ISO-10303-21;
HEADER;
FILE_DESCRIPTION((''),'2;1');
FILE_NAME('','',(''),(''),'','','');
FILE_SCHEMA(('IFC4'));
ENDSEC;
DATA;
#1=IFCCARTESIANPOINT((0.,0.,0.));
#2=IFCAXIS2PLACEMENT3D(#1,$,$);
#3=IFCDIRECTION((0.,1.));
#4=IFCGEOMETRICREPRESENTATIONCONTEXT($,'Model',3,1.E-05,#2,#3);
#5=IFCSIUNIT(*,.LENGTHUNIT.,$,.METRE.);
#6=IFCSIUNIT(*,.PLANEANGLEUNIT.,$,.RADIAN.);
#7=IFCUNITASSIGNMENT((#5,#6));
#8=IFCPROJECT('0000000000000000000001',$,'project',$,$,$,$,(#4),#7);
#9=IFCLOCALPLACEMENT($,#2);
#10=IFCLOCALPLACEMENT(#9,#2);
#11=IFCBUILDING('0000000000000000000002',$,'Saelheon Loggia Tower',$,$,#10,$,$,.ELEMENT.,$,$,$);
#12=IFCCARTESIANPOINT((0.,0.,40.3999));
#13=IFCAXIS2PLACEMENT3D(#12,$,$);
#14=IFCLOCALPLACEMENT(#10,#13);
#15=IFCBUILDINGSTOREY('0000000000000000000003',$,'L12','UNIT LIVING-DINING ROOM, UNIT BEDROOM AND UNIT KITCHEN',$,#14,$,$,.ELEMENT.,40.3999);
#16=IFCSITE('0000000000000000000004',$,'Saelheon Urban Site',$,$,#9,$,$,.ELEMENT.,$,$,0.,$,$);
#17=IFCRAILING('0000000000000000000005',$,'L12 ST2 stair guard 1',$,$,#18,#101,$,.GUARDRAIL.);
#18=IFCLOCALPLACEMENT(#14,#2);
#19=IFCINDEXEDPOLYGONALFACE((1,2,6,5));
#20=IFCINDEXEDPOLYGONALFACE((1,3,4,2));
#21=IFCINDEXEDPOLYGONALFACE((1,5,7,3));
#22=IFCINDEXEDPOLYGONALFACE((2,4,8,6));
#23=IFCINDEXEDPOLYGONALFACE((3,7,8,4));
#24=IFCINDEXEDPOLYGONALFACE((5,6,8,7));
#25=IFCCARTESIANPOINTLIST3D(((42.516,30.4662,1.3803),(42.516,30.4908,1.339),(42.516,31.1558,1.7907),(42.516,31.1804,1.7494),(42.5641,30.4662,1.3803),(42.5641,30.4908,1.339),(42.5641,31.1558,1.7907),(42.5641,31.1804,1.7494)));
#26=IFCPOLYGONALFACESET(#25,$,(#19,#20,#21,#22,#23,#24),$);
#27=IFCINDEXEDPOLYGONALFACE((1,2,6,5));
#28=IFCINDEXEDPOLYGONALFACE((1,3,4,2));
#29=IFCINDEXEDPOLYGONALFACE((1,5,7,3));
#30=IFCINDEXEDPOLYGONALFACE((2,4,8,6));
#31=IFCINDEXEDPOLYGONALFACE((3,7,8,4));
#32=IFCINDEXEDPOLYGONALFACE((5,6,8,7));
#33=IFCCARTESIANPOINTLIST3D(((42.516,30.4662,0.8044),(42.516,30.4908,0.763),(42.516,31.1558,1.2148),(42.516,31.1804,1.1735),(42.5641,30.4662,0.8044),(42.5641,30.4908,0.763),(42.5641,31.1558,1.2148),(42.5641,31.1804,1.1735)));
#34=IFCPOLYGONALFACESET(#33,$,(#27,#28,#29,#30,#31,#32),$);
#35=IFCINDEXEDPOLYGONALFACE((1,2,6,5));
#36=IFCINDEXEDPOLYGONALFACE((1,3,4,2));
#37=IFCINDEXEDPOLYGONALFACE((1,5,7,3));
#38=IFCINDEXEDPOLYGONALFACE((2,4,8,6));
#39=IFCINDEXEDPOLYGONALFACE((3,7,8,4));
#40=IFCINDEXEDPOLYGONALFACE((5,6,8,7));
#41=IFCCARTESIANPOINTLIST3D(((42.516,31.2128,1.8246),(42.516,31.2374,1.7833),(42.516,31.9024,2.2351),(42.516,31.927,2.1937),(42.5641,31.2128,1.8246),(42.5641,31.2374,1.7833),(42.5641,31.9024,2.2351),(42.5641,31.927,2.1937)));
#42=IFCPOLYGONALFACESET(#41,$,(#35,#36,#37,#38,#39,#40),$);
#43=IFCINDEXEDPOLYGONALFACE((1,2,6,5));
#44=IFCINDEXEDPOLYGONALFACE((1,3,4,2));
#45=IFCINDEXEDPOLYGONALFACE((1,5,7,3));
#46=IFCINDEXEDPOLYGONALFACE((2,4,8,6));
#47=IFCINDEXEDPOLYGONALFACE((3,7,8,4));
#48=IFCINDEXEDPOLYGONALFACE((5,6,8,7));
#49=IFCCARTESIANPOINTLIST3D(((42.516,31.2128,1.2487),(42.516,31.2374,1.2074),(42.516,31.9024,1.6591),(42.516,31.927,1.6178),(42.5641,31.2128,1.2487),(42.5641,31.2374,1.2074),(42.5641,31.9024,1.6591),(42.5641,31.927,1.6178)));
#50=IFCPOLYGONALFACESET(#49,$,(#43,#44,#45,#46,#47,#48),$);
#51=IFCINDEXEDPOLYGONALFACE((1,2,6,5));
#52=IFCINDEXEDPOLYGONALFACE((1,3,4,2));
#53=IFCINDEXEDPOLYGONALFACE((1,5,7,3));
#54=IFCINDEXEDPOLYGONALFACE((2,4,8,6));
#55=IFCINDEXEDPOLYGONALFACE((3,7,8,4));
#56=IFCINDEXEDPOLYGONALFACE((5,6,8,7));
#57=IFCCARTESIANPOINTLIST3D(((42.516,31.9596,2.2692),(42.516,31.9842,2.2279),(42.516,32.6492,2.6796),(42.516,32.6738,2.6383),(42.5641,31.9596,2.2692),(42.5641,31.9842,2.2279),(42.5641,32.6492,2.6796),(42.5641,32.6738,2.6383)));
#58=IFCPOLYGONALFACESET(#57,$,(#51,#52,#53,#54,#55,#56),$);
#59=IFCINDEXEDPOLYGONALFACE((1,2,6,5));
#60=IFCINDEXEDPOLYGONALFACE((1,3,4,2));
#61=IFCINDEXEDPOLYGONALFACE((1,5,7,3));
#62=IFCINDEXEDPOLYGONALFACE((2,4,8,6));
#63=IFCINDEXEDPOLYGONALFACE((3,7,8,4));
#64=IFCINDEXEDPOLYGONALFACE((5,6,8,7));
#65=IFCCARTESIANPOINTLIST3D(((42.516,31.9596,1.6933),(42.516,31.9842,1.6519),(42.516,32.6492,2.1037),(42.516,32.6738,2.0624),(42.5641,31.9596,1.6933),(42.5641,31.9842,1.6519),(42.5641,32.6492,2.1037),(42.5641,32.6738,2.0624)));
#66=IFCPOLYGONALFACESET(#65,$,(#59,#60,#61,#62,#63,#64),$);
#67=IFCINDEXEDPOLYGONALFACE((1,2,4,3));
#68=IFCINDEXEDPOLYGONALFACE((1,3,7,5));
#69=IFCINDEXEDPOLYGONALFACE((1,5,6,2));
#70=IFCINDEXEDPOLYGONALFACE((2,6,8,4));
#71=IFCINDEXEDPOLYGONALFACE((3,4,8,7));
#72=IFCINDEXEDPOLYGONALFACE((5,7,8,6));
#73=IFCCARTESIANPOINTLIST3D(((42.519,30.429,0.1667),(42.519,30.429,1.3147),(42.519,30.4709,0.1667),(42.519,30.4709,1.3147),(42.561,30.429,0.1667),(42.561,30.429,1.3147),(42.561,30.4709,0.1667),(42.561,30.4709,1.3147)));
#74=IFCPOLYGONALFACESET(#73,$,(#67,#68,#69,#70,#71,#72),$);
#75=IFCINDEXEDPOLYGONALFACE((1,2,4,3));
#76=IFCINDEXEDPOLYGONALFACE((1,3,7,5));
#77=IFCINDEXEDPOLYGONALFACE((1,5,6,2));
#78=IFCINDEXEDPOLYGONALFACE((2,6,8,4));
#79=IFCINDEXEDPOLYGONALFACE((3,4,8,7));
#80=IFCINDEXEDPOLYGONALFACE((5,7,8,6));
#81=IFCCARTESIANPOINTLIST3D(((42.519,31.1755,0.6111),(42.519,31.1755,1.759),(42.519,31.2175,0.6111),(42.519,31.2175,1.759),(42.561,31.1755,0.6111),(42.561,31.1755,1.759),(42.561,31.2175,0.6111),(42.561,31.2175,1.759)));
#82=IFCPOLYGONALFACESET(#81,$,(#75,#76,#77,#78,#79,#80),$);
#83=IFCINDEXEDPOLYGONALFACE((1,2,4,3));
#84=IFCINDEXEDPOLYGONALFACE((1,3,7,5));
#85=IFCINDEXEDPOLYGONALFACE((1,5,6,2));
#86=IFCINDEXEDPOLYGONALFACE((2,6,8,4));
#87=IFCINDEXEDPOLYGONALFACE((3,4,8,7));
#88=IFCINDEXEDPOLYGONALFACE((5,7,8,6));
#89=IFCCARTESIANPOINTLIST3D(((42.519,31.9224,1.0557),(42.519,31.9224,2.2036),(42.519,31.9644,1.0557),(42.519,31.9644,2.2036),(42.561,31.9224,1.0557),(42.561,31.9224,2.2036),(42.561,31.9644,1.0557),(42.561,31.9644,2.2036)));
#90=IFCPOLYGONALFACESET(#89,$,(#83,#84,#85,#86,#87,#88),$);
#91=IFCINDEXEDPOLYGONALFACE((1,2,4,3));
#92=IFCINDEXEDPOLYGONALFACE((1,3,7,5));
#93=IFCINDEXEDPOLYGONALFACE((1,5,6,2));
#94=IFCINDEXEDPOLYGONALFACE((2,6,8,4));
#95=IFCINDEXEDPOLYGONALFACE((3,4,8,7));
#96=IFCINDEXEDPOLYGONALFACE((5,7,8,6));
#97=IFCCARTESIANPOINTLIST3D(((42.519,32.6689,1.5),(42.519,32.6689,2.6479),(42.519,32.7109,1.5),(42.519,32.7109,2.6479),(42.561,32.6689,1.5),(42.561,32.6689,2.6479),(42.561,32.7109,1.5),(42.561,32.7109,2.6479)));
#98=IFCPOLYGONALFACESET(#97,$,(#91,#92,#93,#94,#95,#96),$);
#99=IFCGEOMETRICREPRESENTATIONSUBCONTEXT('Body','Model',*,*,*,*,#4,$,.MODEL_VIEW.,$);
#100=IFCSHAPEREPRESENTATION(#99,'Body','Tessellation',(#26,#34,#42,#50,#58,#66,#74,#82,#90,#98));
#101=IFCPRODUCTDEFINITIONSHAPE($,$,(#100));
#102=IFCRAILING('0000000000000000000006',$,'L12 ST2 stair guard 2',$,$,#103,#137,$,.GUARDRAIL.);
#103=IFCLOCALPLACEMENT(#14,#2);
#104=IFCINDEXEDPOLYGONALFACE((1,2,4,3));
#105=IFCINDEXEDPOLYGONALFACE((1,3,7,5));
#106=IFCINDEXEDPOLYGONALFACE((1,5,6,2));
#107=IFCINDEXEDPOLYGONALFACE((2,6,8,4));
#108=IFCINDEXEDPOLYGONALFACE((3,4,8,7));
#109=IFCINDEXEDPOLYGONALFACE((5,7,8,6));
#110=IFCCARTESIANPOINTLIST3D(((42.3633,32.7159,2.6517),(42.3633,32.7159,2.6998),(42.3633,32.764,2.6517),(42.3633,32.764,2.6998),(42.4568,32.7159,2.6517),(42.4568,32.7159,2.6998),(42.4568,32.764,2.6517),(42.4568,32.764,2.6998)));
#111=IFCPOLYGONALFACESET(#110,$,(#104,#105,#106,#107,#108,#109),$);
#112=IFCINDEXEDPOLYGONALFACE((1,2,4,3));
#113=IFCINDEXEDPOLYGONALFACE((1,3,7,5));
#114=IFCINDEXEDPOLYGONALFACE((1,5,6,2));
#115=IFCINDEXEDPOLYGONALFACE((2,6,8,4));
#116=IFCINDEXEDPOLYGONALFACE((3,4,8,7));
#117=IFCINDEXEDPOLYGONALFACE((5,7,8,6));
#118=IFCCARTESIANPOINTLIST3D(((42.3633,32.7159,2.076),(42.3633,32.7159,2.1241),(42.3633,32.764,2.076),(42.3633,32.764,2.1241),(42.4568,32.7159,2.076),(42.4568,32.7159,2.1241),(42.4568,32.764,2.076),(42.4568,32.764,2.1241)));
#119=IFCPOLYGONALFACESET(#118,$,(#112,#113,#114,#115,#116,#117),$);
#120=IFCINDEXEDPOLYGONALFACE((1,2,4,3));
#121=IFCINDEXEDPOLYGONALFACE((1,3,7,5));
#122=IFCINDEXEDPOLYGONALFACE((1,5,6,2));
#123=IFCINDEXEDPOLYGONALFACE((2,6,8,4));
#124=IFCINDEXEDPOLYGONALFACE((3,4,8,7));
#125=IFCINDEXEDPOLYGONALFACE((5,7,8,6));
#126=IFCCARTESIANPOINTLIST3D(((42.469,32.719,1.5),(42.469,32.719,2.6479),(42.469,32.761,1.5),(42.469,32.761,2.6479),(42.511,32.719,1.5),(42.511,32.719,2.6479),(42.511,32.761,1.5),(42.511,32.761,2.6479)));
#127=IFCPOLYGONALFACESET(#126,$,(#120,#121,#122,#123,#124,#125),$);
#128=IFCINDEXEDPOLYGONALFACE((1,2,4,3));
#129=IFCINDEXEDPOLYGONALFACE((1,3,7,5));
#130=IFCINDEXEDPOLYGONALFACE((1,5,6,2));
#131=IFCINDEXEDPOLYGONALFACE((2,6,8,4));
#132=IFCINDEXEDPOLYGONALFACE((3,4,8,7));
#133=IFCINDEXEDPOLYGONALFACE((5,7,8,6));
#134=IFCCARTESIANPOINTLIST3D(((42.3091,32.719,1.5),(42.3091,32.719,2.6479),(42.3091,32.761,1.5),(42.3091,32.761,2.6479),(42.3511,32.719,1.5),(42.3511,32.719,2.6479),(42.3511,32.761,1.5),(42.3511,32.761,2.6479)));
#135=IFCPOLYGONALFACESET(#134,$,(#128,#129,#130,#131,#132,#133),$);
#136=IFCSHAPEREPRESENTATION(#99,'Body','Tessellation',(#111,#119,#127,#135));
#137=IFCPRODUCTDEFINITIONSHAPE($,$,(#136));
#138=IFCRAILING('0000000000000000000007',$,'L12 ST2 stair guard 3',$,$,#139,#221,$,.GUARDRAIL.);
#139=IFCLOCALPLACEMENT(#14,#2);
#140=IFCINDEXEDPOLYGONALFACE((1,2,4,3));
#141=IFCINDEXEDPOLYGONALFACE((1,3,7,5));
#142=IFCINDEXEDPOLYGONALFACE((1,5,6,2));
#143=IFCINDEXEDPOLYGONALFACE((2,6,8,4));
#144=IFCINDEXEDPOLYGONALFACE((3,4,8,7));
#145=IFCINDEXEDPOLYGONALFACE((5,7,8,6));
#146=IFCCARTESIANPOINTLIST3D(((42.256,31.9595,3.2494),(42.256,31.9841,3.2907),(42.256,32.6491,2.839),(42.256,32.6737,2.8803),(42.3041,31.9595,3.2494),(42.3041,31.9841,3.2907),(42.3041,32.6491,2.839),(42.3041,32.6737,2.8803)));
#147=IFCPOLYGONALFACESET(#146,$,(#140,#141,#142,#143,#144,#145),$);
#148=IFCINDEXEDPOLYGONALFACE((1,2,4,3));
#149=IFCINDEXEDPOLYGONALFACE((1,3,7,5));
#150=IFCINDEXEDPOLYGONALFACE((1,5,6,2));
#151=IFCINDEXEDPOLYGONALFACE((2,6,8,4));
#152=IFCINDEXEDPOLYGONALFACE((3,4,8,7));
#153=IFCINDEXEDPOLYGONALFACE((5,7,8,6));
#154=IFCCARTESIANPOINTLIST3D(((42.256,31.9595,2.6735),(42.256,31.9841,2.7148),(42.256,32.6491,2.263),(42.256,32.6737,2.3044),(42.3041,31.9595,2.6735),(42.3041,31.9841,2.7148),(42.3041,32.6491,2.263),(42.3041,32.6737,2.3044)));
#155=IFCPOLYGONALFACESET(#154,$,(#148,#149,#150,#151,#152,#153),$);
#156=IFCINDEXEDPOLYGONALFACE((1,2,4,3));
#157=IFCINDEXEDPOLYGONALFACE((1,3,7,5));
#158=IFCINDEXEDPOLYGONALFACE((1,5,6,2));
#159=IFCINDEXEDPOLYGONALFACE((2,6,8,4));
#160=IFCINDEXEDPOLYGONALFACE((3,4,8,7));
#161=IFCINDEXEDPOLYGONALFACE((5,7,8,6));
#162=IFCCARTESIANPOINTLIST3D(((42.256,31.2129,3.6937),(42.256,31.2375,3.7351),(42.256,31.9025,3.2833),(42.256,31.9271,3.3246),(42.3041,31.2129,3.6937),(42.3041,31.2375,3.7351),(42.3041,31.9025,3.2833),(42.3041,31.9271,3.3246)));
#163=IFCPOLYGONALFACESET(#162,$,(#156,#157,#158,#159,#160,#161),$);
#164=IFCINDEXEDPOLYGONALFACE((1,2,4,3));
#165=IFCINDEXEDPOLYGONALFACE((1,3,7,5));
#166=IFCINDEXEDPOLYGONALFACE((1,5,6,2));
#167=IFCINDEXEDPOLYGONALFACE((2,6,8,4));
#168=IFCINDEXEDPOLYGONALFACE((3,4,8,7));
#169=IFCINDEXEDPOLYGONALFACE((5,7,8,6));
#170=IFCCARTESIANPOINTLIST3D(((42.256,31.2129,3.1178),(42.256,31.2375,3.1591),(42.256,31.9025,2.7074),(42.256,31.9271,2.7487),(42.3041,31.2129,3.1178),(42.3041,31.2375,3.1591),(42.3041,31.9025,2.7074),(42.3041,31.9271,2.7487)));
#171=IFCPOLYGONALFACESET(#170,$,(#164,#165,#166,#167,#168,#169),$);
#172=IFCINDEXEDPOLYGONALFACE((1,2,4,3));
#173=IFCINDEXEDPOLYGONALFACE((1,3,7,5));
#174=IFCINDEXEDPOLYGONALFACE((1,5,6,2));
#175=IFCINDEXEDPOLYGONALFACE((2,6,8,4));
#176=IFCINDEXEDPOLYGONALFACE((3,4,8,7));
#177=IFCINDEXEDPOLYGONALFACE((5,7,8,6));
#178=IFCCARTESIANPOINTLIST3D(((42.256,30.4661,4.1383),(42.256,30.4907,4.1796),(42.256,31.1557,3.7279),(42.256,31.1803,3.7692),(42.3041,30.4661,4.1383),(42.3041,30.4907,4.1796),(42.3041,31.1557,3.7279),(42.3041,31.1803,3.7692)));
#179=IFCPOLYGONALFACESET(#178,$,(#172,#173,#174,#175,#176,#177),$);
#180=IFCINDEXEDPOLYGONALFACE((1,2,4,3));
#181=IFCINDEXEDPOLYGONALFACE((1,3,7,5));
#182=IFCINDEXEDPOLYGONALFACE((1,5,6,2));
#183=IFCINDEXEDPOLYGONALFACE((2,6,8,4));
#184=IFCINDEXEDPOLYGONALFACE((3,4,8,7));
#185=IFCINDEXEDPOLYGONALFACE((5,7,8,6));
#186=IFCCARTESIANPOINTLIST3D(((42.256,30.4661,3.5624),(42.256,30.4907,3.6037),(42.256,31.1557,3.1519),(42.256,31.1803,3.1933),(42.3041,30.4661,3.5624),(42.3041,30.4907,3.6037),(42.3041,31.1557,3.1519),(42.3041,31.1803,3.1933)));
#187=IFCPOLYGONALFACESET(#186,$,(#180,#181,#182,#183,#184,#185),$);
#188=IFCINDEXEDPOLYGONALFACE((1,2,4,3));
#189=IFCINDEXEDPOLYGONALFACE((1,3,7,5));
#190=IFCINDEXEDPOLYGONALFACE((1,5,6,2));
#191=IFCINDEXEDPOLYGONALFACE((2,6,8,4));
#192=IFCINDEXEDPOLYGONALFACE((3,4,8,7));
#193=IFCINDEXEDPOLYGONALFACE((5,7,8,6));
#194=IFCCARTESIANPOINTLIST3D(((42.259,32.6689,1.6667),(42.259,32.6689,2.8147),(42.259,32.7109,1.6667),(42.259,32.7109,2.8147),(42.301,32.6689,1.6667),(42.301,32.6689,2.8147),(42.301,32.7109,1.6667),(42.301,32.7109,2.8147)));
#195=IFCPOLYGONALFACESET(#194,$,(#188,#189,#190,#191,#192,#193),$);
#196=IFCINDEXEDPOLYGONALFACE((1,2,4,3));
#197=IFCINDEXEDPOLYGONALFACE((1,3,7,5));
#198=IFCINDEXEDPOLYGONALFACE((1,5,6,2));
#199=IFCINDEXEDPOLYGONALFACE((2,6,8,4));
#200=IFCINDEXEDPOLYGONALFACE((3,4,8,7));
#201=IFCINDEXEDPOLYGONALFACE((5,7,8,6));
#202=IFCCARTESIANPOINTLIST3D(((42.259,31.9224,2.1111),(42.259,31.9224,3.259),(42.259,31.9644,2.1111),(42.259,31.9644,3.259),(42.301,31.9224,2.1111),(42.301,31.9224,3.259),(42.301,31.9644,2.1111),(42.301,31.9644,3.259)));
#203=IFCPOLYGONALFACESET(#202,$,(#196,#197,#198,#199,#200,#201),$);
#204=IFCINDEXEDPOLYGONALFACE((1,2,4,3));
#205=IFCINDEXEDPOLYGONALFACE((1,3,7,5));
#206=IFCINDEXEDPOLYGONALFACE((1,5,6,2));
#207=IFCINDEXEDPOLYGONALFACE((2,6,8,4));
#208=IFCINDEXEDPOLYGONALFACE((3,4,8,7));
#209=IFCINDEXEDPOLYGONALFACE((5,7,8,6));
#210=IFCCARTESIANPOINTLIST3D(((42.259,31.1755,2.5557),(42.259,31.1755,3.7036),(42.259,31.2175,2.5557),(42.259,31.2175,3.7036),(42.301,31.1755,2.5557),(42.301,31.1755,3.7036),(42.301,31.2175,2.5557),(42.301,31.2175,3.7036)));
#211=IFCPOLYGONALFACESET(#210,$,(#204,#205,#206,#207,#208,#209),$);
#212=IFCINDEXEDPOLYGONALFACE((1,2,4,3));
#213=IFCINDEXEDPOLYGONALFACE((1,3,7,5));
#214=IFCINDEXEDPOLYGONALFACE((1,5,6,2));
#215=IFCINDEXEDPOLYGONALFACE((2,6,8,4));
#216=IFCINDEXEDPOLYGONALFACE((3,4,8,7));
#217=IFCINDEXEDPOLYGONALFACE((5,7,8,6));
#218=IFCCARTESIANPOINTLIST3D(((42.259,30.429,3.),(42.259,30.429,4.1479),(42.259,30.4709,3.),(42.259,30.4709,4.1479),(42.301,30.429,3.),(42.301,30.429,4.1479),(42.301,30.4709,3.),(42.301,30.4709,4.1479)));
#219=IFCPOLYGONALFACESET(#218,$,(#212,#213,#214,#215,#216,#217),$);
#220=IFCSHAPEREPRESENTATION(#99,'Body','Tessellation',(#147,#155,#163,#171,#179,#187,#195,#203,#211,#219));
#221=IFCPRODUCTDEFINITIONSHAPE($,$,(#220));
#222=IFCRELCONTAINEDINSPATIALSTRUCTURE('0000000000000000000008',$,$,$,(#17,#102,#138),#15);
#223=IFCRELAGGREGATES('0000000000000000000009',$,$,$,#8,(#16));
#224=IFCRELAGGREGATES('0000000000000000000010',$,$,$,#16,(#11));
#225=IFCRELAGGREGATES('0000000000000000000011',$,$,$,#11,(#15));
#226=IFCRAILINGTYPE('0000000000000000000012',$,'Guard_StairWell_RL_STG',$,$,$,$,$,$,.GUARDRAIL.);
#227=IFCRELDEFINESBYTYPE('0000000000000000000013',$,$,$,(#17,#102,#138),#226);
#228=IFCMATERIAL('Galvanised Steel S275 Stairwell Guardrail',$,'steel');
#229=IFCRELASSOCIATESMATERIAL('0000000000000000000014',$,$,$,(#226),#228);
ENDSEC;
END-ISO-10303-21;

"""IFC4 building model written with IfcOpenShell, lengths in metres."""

from ifc_helpers import new_model, si_unit, direction, frame, origin, origin_2d, place, context, subcontext, project, spatial, rectangle, extrude, material, type_object, element, save


model = new_model("IFC4")

# Units and contexts
model_context = context("Model", 3, precision=1e-05, world=origin(), true_north=direction((0.0, 1.0)))
body_context = subcontext(model_context, "Body", "Model", "MODEL_VIEW")
ifc_project = project(units=[si_unit("LENGTHUNIT", "METRE"), si_unit("PLANEANGLEUNIT", "RADIAN")], contexts=[model_context])

# Site, building, storey
site_placement = place(None, origin())
site = spatial("IfcSite", under=ifc_project, at=site_placement, Name="Saelheon Urban Site", CompositionType="ELEMENT", RefElevation=0.0)
building_placement = place(site_placement, origin())
building = spatial("IfcBuilding", under=site, at=building_placement, Name="Saelheon Loggia Tower", CompositionType="ELEMENT")
storey_placement = place(building_placement, frame((0.0, 0.0, 40.3999)))
storey = spatial("IfcBuildingStorey", under=building, at=storey_placement, Name="L12", Description="UNIT LIVING-DINING ROOM, UNIT BEDROOM AND UNIT KITCHEN", CompositionType="ELEMENT", Elevation=40.3999)

# Railings
ifc_material_1 = material(Name="Galvanised Steel S275 Stairwell Guardrail", Category="steel")
railing_type_1 = type_object("IfcRailingType", Name="Guard_StairWell_RL_STG", PredefinedType="GUARDRAIL", material=ifc_material_1)
railing_1_placement = place(storey_placement, frame((42.54, 30.45, 0.1667)))
element("IfcRailing", 1, at=railing_1_placement, inside=storey, type_object=railing_type_1, Name="L12 ST2 stair guard 1", PredefinedType="GUARDRAIL", context=body_context, shape_type="SweptSolid", body=[
    extrude(rectangle(XDim=0.0481, YDim=0.0481, at=origin_2d()), frame((0.0, 0.0286, 1.1929), z_axis=(0.0, 0.859306, 0.511462), x_axis=(-1.0, 0.0, 0.0)), (0.0, 0.0, 1.0), 0.8025),
    extrude(rectangle(XDim=0.0481, YDim=0.0481, at=origin_2d()), frame((0.0, 0.0286, 0.6169), z_axis=(0.0, 0.859306, 0.511462), x_axis=(-1.0, 0.0, 0.0)), (0.0, 0.0, 1.0), 0.8025),
    extrude(rectangle(XDim=0.0481, YDim=0.0481, at=origin_2d()), frame((0.0, 0.7751, 1.6372), z_axis=(0.0, 0.859306, 0.511462), x_axis=(-1.0, 0.0, 0.0)), (0.0, 0.0, 1.0), 0.8025),
    extrude(rectangle(XDim=0.0481, YDim=0.0481, at=origin_2d()), frame((0.0, 0.7751, 1.0613), z_axis=(0.0, 0.859306, 0.511462), x_axis=(-1.0, 0.0, 0.0)), (0.0, 0.0, 1.0), 0.8025),
    extrude(rectangle(XDim=0.0481, YDim=0.0481, at=origin_2d()), frame((0.0, 1.522, 2.0818), z_axis=(0.0, 0.859306, 0.511462), x_axis=(-1.0, 0.0, 0.0)), (0.0, 0.0, 1.0), 0.8025),
    extrude(rectangle(XDim=0.0481, YDim=0.0481, at=origin_2d()), frame((0.0, 1.522, 1.5059), z_axis=(0.0, 0.859306, 0.511462), x_axis=(-1.0, 0.0, 0.0)), (0.0, 0.0, 1.0), 0.8025),
    extrude(rectangle(XDim=0.042, YDim=0.042, at=origin_2d()), origin(), (0.0, 0.0, 1.0), 1.1479),
    extrude(rectangle(XDim=0.042, YDim=0.042, at=origin_2d()), frame((0.0, 0.7466, 0.4443)), (0.0, 0.0, 1.0), 1.1479),
    extrude(rectangle(XDim=0.042, YDim=0.042, at=origin_2d()), frame((0.0, 1.4934, 0.8889)), (0.0, 0.0, 1.0), 1.1479),
    extrude(rectangle(XDim=0.042, YDim=0.042, at=origin_2d()), frame((0.0, 2.24, 1.3333)), (0.0, 0.0, 1.0), 1.1479),
])
railing_2_placement = place(storey_placement, frame((42.49, 32.74, 1.5)))
element("IfcRailing", 2, at=railing_2_placement, inside=storey, type_object=railing_type_1, Name="L12 ST2 stair guard 2", PredefinedType="GUARDRAIL", context=body_context, shape_type="SweptSolid", body=[
    extrude(rectangle(XDim=0.0481, YDim=0.0481, at=origin_2d()), frame((-0.0332, 0.0, 1.1758), z_axis=(-1.0, 0.0, 0.0), x_axis=(0.0, -1.0, 0.0)), (0.0, 0.0, 1.0), 0.0935),
    extrude(rectangle(XDim=0.0481, YDim=0.0481, at=origin_2d()), frame((-0.0332, 0.0, 0.6001), z_axis=(-1.0, 0.0, 0.0), x_axis=(0.0, -1.0, 0.0)), (0.0, 0.0, 1.0), 0.0935),
    extrude(rectangle(XDim=0.042, YDim=0.042, at=origin_2d()), origin(), (0.0, 0.0, 1.0), 1.1479),
    extrude(rectangle(XDim=0.042, YDim=0.042, at=origin_2d()), frame((-0.1599, 0.0, 0.0)), (0.0, 0.0, 1.0), 1.1479),
])
railing_3_placement = place(storey_placement, frame((42.28, 32.6899, 1.6667)))
element("IfcRailing", 3, at=railing_3_placement, inside=storey, type_object=railing_type_1, Name="L12 ST2 stair guard 3", PredefinedType="GUARDRAIL", context=body_context, shape_type="SweptSolid", body=[
    extrude(rectangle(XDim=0.0481, YDim=0.0481, at=origin_2d()), frame((0.0, -0.0286, 1.1929), z_axis=(0.0, -0.859306, 0.511462), x_axis=(1.0, 0.0, 0.0)), (0.0, 0.0, 1.0), 0.8025),
    extrude(rectangle(XDim=0.0481, YDim=0.0481, at=origin_2d()), frame((0.0, -0.0286, 0.6169), z_axis=(0.0, -0.859306, 0.511462), x_axis=(1.0, 0.0, 0.0)), (0.0, 0.0, 1.0), 0.8025),
    extrude(rectangle(XDim=0.0481, YDim=0.0481, at=origin_2d()), frame((0.0, -0.7751, 1.6372), z_axis=(0.0, -0.859306, 0.511462), x_axis=(1.0, 0.0, 0.0)), (0.0, 0.0, 1.0), 0.8025),
    extrude(rectangle(XDim=0.0481, YDim=0.0481, at=origin_2d()), frame((0.0, -0.7751, 1.0613), z_axis=(0.0, -0.859306, 0.511462), x_axis=(1.0, 0.0, 0.0)), (0.0, 0.0, 1.0), 0.8025),
    extrude(rectangle(XDim=0.0481, YDim=0.0481, at=origin_2d()), frame((0.0, -1.522, 2.0818), z_axis=(0.0, -0.859306, 0.511462), x_axis=(1.0, 0.0, 0.0)), (0.0, 0.0, 1.0), 0.8025),
    extrude(rectangle(XDim=0.0481, YDim=0.0481, at=origin_2d()), frame((0.0, -1.522, 1.5059), z_axis=(0.0, -0.859306, 0.511462), x_axis=(1.0, 0.0, 0.0)), (0.0, 0.0, 1.0), 0.8025),
    extrude(rectangle(XDim=0.042, YDim=0.042, at=origin_2d()), origin(), (0.0, 0.0, 1.0), 1.1479),
    extrude(rectangle(XDim=0.042, YDim=0.042, at=origin_2d()), frame((0.0, -0.7466, 0.4443)), (0.0, 0.0, 1.0), 1.1479),
    extrude(rectangle(XDim=0.042, YDim=0.042, at=origin_2d()), frame((0.0, -1.4934, 0.8889)), (0.0, 0.0, 1.0), 1.1479),
    extrude(rectangle(XDim=0.042, YDim=0.042, at=origin_2d()), frame((0.0, -2.24, 1.3333)), (0.0, 0.0, 1.0), 1.1479),
])

save(model, "model.ifc")
